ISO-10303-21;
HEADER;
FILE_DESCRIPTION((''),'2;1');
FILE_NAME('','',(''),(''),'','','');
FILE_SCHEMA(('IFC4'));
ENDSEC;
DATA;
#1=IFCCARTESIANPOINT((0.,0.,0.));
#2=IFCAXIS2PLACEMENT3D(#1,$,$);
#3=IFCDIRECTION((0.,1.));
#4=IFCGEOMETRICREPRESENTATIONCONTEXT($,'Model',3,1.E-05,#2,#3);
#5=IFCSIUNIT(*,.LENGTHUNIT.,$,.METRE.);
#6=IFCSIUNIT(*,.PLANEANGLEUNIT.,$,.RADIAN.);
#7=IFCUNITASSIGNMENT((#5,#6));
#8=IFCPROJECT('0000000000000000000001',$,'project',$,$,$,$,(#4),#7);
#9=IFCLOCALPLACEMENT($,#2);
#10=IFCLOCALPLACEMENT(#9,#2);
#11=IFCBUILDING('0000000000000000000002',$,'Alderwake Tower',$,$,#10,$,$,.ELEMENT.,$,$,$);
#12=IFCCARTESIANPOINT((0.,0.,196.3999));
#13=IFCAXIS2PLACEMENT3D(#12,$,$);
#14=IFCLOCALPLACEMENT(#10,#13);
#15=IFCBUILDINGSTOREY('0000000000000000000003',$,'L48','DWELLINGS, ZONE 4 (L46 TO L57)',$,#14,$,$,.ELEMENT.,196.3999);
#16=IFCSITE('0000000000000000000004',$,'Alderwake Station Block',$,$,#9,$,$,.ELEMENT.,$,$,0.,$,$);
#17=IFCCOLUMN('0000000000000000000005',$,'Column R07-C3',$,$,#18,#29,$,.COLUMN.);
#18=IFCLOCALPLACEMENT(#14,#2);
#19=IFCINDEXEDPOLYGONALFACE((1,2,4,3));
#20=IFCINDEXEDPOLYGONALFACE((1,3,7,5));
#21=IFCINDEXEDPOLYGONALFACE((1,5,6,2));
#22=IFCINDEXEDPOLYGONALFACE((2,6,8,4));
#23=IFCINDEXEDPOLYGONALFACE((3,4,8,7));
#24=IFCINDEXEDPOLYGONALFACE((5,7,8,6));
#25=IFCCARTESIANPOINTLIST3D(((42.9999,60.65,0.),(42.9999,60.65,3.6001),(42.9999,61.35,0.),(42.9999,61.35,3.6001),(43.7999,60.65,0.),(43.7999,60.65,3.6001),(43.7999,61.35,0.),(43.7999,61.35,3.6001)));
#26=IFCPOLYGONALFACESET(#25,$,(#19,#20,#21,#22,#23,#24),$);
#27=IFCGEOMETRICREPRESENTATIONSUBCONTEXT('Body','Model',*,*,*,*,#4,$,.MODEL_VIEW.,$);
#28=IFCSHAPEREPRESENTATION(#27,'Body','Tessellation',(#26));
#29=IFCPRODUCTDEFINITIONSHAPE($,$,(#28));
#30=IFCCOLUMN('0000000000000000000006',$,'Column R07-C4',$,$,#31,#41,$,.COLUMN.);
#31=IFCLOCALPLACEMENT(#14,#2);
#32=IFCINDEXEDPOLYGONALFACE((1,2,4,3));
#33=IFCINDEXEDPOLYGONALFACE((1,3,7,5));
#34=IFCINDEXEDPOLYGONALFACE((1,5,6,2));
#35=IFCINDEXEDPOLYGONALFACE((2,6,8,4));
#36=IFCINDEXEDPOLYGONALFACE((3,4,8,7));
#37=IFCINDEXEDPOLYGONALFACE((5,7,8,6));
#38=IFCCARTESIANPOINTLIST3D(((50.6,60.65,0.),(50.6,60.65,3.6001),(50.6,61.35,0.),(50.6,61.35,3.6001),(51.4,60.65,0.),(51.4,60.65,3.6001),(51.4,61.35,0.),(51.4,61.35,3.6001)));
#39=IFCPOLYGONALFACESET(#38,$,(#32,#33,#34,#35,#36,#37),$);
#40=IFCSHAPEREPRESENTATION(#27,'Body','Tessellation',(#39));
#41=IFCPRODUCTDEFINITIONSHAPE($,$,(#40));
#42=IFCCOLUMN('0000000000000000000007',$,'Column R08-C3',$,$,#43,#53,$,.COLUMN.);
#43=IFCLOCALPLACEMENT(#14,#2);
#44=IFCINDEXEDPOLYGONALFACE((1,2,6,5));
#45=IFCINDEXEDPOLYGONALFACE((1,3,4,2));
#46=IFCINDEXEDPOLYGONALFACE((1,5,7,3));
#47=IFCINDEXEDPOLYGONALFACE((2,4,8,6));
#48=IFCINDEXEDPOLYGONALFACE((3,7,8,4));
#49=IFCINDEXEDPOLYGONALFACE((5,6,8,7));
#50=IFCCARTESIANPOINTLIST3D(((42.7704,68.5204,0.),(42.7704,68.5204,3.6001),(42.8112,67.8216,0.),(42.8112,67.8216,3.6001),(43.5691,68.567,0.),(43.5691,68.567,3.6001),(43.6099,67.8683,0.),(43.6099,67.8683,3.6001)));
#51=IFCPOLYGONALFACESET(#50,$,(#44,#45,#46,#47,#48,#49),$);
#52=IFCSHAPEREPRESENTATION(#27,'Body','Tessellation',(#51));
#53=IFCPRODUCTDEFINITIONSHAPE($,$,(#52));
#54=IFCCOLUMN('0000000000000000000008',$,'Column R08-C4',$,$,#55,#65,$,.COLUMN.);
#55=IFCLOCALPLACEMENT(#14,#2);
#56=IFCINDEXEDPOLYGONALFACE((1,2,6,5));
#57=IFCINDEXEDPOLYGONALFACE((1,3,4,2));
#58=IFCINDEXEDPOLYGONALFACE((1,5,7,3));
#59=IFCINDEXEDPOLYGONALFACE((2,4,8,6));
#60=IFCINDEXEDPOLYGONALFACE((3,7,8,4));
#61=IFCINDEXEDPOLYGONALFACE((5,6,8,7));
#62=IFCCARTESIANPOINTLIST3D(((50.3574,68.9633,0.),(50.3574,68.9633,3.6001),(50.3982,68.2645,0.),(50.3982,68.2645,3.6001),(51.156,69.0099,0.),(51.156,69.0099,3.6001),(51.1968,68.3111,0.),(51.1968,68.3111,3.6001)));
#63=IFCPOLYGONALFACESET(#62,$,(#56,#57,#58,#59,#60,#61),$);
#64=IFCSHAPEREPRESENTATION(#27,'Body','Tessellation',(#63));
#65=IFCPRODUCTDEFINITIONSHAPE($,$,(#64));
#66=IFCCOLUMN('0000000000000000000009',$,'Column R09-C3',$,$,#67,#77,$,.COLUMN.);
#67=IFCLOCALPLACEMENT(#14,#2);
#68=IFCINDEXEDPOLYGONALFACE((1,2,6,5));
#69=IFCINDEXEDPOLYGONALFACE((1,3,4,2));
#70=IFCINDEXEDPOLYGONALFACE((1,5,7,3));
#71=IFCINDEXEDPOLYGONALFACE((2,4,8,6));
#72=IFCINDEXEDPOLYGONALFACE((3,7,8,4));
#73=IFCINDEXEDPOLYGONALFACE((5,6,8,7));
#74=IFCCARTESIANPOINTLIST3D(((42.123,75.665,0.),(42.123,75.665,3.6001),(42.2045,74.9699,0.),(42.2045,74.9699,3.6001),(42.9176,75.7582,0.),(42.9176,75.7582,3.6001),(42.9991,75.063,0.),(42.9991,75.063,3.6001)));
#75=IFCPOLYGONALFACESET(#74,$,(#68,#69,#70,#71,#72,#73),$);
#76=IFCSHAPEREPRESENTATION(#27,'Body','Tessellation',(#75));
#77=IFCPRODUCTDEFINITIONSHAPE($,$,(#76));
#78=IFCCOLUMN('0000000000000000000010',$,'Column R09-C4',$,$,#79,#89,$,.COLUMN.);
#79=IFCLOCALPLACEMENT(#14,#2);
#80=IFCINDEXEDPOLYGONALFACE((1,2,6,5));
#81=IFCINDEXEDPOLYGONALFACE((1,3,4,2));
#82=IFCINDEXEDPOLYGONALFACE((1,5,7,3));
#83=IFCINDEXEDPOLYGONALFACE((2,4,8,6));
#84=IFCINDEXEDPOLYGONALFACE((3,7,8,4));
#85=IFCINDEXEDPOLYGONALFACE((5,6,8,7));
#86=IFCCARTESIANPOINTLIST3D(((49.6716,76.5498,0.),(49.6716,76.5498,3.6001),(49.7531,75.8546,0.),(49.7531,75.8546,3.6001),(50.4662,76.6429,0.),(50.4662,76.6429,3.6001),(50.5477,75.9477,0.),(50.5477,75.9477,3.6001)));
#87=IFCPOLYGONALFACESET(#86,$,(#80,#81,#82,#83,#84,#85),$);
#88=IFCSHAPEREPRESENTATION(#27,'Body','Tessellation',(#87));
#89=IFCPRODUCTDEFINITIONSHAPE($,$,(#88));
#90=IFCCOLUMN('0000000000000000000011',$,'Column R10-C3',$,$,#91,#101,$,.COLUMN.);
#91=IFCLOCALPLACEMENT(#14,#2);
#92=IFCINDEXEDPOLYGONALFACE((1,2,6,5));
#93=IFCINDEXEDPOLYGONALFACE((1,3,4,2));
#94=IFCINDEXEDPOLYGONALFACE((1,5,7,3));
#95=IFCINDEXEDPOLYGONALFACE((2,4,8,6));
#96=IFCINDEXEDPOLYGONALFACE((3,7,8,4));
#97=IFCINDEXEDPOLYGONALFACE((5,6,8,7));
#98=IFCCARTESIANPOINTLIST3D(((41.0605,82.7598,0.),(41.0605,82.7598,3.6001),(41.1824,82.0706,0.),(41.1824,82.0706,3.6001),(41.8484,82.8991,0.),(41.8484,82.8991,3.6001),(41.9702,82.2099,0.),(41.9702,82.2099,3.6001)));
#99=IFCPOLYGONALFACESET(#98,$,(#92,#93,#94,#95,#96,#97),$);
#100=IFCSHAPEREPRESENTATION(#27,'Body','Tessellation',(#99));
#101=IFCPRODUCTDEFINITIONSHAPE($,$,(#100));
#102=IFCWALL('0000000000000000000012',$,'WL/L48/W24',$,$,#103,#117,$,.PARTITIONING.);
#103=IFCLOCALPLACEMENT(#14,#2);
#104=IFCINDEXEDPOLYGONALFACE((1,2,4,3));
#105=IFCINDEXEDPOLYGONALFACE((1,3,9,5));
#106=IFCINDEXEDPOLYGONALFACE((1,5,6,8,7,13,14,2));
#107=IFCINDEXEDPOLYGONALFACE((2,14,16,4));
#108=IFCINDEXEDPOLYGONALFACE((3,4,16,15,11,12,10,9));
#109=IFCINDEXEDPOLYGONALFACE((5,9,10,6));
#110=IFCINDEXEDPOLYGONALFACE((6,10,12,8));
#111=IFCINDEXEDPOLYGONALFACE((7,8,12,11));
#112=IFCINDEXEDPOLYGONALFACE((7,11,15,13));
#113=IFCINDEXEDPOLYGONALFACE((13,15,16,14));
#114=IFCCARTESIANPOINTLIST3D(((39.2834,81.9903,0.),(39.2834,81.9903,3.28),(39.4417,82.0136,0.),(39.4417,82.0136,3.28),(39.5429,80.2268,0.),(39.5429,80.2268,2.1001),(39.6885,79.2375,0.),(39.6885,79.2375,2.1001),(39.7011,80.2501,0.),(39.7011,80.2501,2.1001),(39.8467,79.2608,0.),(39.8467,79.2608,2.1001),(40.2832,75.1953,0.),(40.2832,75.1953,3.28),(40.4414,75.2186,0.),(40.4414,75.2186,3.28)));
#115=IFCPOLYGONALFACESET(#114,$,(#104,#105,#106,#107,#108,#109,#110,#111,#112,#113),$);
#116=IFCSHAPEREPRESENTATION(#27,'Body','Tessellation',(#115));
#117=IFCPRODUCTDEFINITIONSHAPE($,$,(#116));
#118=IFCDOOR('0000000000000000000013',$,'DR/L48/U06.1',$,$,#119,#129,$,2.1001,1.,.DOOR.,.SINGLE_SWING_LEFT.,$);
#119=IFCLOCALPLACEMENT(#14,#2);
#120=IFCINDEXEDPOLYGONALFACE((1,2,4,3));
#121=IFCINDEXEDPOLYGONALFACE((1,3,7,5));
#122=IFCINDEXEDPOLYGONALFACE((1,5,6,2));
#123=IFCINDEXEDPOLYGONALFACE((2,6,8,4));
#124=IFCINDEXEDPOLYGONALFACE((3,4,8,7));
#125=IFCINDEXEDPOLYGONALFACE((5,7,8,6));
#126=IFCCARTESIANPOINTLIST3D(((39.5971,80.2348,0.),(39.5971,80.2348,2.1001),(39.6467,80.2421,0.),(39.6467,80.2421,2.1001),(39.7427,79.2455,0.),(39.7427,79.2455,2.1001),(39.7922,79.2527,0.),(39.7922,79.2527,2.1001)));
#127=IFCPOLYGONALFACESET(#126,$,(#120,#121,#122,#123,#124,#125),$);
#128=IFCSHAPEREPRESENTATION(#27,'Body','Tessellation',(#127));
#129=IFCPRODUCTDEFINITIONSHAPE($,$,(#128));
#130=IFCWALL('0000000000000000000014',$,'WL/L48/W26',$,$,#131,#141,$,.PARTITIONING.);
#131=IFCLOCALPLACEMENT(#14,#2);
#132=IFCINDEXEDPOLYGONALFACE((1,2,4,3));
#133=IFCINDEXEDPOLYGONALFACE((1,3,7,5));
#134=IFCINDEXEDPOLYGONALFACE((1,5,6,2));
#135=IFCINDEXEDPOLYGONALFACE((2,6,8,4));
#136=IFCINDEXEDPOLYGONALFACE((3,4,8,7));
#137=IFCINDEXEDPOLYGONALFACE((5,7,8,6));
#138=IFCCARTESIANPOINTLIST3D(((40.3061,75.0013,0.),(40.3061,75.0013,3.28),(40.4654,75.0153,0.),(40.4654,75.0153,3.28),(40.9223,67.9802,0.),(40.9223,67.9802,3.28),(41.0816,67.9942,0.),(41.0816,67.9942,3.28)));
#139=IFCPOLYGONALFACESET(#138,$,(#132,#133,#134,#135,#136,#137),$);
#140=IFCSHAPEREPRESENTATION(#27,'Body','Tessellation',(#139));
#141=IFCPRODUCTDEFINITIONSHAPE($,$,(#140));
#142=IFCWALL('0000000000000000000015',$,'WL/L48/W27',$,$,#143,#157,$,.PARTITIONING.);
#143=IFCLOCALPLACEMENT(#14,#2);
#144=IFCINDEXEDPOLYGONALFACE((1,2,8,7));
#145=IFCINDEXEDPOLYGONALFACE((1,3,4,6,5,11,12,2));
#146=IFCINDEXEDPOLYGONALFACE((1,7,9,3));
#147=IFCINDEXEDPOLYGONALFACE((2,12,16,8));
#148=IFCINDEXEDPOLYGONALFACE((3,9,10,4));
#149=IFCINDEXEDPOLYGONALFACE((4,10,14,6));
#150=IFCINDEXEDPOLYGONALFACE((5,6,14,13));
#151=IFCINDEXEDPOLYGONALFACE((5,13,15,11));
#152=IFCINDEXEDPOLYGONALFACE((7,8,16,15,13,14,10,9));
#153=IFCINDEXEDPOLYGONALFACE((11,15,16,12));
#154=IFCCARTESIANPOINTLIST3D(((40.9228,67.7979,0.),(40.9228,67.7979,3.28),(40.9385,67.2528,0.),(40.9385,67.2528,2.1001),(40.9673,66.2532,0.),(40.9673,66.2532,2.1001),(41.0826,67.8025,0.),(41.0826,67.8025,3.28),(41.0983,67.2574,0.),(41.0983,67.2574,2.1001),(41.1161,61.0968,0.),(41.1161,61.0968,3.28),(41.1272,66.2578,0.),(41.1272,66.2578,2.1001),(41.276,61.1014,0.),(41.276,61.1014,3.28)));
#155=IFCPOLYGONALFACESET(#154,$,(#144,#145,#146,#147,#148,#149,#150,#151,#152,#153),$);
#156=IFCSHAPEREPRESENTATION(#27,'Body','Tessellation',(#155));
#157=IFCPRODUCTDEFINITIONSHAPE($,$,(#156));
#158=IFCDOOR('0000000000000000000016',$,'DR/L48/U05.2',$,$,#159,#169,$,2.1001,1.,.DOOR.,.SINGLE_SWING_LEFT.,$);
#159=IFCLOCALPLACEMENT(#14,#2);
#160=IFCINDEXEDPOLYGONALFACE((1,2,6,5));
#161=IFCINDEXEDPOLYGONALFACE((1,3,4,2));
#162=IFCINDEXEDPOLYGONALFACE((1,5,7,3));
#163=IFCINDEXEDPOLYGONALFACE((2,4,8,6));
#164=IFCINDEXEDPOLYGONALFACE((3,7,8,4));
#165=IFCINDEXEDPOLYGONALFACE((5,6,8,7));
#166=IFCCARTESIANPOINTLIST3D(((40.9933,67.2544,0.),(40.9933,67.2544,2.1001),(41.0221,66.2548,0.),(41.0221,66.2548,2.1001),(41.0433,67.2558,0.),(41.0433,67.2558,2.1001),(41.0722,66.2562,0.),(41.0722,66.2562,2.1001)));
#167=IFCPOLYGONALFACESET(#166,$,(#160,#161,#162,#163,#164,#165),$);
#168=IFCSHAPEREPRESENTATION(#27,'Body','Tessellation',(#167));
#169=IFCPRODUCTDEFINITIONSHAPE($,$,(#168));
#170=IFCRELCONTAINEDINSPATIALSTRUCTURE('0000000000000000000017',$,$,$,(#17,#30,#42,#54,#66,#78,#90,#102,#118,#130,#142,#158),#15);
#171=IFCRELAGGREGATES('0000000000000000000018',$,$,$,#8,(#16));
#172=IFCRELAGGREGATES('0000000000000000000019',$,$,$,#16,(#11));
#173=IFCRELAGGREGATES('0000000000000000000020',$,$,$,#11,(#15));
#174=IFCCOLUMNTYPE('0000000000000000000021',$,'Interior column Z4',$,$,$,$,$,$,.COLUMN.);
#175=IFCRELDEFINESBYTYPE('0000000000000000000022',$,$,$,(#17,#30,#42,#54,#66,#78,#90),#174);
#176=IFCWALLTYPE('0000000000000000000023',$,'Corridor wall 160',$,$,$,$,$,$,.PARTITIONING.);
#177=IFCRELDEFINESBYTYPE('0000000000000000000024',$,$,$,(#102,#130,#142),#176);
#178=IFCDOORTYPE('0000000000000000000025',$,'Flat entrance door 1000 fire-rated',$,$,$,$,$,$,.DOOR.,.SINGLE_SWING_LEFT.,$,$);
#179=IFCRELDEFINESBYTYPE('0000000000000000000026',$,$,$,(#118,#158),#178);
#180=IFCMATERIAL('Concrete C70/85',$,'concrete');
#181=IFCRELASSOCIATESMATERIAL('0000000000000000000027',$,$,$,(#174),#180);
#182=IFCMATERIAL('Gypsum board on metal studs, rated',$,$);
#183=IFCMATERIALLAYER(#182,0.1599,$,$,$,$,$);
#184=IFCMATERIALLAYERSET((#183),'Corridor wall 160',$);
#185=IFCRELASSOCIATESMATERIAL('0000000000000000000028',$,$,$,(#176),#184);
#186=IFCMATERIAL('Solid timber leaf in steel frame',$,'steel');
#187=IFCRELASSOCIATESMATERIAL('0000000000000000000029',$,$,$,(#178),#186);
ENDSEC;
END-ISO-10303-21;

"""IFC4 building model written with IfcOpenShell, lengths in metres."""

from ifc_helpers import new_model, si_unit, direction, frame, frame_2d, origin, origin_2d, place, context, subcontext, project, spatial, rectangle, extrude, material, layer, layer_set, material_profile, profile_set, type_object, element, fill, save


model = new_model("IFC4")

# Units and contexts
model_context = context("Model", 3, precision=1e-05, world=origin(), true_north=direction((0.0, 1.0)))
body_context = subcontext(model_context, "Body", "Model", "MODEL_VIEW")
ifc_project = project(units=[si_unit("LENGTHUNIT", "METRE"), si_unit("PLANEANGLEUNIT", "RADIAN")], contexts=[model_context])

# Site, building, storey
site_placement = place(None, origin())
site = spatial("IfcSite", under=ifc_project, at=site_placement, Name="Alderwake Station Block", CompositionType="ELEMENT", RefElevation=0.0)
building_placement = place(site_placement, origin())
building = spatial("IfcBuilding", under=site, at=building_placement, Name="Alderwake Tower", CompositionType="ELEMENT")
storey_placement = place(building_placement, frame((0.0, 0.0, 196.3999)))
storey = spatial("IfcBuildingStorey", under=building, at=storey_placement, Name="L48", Description="DWELLINGS, ZONE 4 (L46 TO L57)", CompositionType="ELEMENT", Elevation=196.3999)

# Columns
ifc_material_1 = material(Name="Concrete C70/85", Category="concrete")
ifc_material_profile = material_profile(ifc_material_1, rectangle(XDim=0.7, YDim=0.8, at=origin_2d()), Name="RC 800X700")
ifc_profile_set = profile_set([ifc_material_profile], Name="Concrete C70/85")
column_type = type_object("IfcColumnType", Name="Interior column Z4", PredefinedType="COLUMN", material=ifc_profile_set)
for number, where, z_axis, x_axis, name in (
    (1, (43.3999, 61.0, 0.0), (0.0, 0.0, 1.0), (0.0, 1.0, 0.0), "Column R07-C3"),
    (2, (51.0, 61.0, 0.0), (0.0, 0.0, 1.0), (0.0, 1.0, 0.0), "Column R07-C4"),
    (3, (43.1902, 68.1943, 0.0), (0.0, 0.0, 1.0), (-0.058301, 0.998299, 0.0), "Column R08-C3"),
    (4, (50.7771, 68.6372, 0.0), (0.0, 0.0, 1.0), (-0.058299, 0.998299, 0.0), "Column R08-C4"),
    (5, (42.561, 75.364, 0.0), (0.0, 0.0, 1.0), (-0.116402, 0.993202, 0.0), "Column R09-C3"),
    (6, (50.1096, 76.2488, 0.0), (0.0, 0.0, 1.0), (-0.116402, 0.993202, 0.0), "Column R09-C4"),
    (7, (41.5154, 82.4849, 0.0), (0.0, 0.0, 1.0), (-0.174107, 0.984727, 0.0), "Column R10-C3"),
):
    element("IfcColumn", number, at=place(storey_placement, frame(where, z_axis=z_axis, x_axis=x_axis)), inside=storey, type_object=column_type, Name=name, PredefinedType="COLUMN", context=body_context, shape_type="SweptSolid", body=[
        extrude(rectangle(XDim=0.7, YDim=0.8, at=origin_2d()), origin(), (0.0, 0.0, 1.0), 3.6001),
    ])

# Wall, opening, door
ifc_material_2 = material(Name="Gypsum board on metal studs, rated")
ifc_layer_1 = layer(ifc_material_2, 0.1599)
ifc_layer_set_1 = layer_set([ifc_layer_1], Name="Corridor wall 160")
wall_type_1 = type_object("IfcWallType", Name="Corridor wall 160", PredefinedType="PARTITIONING", material=ifc_layer_set_1)
wall_1_placement = place(storey_placement, frame((39.3625, 82.002, 0.0), z_axis=(0.0, 0.0, 1.0), x_axis=(0.145566, -0.989349, 0.0)))
wall_1 = element("IfcWall", 8, at=wall_1_placement, inside=storey, type_object=wall_type_1, Name="WL/L48/W24", PredefinedType="PARTITIONING", context=body_context, shape_type="SweptSolid", body=[
    extrude(rectangle(XDim=6.8682, YDim=0.1599, at=frame_2d((3.4341, 0.0))), origin(), (0.0, 0.0, 1.0), 3.28),
])
opening_1_placement = place(wall_1_placement, frame((1.7825, 0.0, 0.0)))
opening_1 = element("IfcOpeningElement", 9, at=opening_1_placement, cuts=wall_1, PredefinedType="OPENING", context=body_context, shape_type="SweptSolid", body=[
    extrude(rectangle(XDim=1.0, YDim=2.1001, at=frame_2d((0.5, 1.05))), frame((0.0, 0.0898, 0.0), z_axis=(0.0, -1.0, 0.0), x_axis=(1.0, 0.0, 0.0)), (0.0, 0.0, 1.0), 0.1799),
])
ifc_material_3 = material(Name="Solid timber leaf in steel frame", Category="steel")
door_type_1 = type_object("IfcDoorType", Name="Flat entrance door 1000 fire-rated", OperationType="SINGLE_SWING_LEFT", PredefinedType="DOOR", material=ifc_material_3)
door_1_placement = place(opening_1_placement, origin())
door_1 = element("IfcDoor", 10, at=door_1_placement, inside=storey, type_object=door_type_1, Name="DR/L48/U06.1", OperationType="SINGLE_SWING_LEFT", OverallHeight=2.1001, OverallWidth=1.0, PredefinedType="DOOR", context=body_context, shape_type="SweptSolid", body=[
    extrude(rectangle(XDim=1.0, YDim=2.1001, at=frame_2d((0.5, 1.05))), frame((0.0, 0.0249, 0.0), z_axis=(0.0, -1.0, 0.0), x_axis=(1.0, 0.0, 0.0)), (0.0, 0.0, 1.0), 0.05),
])
fill(opening_1, door_1)

# Wall
wall_2_placement = place(storey_placement, frame((41.002, 67.9873, 0.0), z_axis=(0.0, 0.0, 1.0), x_axis=(-0.087431, 0.996171, 0.0)))
element("IfcWall", 11, at=wall_2_placement, inside=storey, type_object=wall_type_1, Name="WL/L48/W26", PredefinedType="PARTITIONING", context=body_context, shape_type="SweptSolid", body=[
    extrude(rectangle(XDim=7.0481, YDim=0.1599, at=frame_2d((3.5239, 0.0))), origin(), (0.0, 0.0, 1.0), 3.28),
])

# Wall, opening, door
wall_3_placement = place(storey_placement, frame((41.0027, 67.8003, 0.0), z_axis=(0.0, 0.0, 1.0), x_axis=(0.028843, -0.999584, 0.0)))
wall_3 = element("IfcWall", 12, at=wall_3_placement, inside=storey, type_object=wall_type_1, Name="WL/L48/W27", PredefinedType="PARTITIONING", context=body_context, shape_type="SweptSolid", body=[
    extrude(rectangle(XDim=6.7039, YDim=0.1599, at=frame_2d((3.3521, 0.0))), origin(), (0.0, 0.0, 1.0), 3.28),
])
opening_2_placement = place(wall_3_placement, frame((0.5454, 0.0, 0.0)))
opening_2 = element("IfcOpeningElement", 13, at=opening_2_placement, cuts=wall_3, PredefinedType="OPENING", context=body_context, shape_type="SweptSolid", body=[
    extrude(rectangle(XDim=1.0, YDim=2.1001, at=frame_2d((0.5, 1.05))), frame((0.0, 0.0898, 0.0), z_axis=(0.0, -1.0, 0.0), x_axis=(1.0, 0.0, 0.0)), (0.0, 0.0, 1.0), 0.1799),
])
door_2_placement = place(opening_2_placement, origin())
door_2 = element("IfcDoor", 14, at=door_2_placement, inside=storey, type_object=door_type_1, Name="DR/L48/U05.2", OperationType="SINGLE_SWING_LEFT", OverallHeight=2.1001, OverallWidth=1.0, PredefinedType="DOOR", context=body_context, shape_type="SweptSolid", body=[
    extrude(rectangle(XDim=1.0, YDim=2.1001, at=frame_2d((0.5, 1.05))), frame((0.0, 0.0249, 0.0), z_axis=(0.0, -1.0, 0.0), x_axis=(1.0, 0.0, 0.0)), (0.0, 0.0, 1.0), 0.05),
])
fill(opening_2, door_2)

save(model, "model.ifc")
